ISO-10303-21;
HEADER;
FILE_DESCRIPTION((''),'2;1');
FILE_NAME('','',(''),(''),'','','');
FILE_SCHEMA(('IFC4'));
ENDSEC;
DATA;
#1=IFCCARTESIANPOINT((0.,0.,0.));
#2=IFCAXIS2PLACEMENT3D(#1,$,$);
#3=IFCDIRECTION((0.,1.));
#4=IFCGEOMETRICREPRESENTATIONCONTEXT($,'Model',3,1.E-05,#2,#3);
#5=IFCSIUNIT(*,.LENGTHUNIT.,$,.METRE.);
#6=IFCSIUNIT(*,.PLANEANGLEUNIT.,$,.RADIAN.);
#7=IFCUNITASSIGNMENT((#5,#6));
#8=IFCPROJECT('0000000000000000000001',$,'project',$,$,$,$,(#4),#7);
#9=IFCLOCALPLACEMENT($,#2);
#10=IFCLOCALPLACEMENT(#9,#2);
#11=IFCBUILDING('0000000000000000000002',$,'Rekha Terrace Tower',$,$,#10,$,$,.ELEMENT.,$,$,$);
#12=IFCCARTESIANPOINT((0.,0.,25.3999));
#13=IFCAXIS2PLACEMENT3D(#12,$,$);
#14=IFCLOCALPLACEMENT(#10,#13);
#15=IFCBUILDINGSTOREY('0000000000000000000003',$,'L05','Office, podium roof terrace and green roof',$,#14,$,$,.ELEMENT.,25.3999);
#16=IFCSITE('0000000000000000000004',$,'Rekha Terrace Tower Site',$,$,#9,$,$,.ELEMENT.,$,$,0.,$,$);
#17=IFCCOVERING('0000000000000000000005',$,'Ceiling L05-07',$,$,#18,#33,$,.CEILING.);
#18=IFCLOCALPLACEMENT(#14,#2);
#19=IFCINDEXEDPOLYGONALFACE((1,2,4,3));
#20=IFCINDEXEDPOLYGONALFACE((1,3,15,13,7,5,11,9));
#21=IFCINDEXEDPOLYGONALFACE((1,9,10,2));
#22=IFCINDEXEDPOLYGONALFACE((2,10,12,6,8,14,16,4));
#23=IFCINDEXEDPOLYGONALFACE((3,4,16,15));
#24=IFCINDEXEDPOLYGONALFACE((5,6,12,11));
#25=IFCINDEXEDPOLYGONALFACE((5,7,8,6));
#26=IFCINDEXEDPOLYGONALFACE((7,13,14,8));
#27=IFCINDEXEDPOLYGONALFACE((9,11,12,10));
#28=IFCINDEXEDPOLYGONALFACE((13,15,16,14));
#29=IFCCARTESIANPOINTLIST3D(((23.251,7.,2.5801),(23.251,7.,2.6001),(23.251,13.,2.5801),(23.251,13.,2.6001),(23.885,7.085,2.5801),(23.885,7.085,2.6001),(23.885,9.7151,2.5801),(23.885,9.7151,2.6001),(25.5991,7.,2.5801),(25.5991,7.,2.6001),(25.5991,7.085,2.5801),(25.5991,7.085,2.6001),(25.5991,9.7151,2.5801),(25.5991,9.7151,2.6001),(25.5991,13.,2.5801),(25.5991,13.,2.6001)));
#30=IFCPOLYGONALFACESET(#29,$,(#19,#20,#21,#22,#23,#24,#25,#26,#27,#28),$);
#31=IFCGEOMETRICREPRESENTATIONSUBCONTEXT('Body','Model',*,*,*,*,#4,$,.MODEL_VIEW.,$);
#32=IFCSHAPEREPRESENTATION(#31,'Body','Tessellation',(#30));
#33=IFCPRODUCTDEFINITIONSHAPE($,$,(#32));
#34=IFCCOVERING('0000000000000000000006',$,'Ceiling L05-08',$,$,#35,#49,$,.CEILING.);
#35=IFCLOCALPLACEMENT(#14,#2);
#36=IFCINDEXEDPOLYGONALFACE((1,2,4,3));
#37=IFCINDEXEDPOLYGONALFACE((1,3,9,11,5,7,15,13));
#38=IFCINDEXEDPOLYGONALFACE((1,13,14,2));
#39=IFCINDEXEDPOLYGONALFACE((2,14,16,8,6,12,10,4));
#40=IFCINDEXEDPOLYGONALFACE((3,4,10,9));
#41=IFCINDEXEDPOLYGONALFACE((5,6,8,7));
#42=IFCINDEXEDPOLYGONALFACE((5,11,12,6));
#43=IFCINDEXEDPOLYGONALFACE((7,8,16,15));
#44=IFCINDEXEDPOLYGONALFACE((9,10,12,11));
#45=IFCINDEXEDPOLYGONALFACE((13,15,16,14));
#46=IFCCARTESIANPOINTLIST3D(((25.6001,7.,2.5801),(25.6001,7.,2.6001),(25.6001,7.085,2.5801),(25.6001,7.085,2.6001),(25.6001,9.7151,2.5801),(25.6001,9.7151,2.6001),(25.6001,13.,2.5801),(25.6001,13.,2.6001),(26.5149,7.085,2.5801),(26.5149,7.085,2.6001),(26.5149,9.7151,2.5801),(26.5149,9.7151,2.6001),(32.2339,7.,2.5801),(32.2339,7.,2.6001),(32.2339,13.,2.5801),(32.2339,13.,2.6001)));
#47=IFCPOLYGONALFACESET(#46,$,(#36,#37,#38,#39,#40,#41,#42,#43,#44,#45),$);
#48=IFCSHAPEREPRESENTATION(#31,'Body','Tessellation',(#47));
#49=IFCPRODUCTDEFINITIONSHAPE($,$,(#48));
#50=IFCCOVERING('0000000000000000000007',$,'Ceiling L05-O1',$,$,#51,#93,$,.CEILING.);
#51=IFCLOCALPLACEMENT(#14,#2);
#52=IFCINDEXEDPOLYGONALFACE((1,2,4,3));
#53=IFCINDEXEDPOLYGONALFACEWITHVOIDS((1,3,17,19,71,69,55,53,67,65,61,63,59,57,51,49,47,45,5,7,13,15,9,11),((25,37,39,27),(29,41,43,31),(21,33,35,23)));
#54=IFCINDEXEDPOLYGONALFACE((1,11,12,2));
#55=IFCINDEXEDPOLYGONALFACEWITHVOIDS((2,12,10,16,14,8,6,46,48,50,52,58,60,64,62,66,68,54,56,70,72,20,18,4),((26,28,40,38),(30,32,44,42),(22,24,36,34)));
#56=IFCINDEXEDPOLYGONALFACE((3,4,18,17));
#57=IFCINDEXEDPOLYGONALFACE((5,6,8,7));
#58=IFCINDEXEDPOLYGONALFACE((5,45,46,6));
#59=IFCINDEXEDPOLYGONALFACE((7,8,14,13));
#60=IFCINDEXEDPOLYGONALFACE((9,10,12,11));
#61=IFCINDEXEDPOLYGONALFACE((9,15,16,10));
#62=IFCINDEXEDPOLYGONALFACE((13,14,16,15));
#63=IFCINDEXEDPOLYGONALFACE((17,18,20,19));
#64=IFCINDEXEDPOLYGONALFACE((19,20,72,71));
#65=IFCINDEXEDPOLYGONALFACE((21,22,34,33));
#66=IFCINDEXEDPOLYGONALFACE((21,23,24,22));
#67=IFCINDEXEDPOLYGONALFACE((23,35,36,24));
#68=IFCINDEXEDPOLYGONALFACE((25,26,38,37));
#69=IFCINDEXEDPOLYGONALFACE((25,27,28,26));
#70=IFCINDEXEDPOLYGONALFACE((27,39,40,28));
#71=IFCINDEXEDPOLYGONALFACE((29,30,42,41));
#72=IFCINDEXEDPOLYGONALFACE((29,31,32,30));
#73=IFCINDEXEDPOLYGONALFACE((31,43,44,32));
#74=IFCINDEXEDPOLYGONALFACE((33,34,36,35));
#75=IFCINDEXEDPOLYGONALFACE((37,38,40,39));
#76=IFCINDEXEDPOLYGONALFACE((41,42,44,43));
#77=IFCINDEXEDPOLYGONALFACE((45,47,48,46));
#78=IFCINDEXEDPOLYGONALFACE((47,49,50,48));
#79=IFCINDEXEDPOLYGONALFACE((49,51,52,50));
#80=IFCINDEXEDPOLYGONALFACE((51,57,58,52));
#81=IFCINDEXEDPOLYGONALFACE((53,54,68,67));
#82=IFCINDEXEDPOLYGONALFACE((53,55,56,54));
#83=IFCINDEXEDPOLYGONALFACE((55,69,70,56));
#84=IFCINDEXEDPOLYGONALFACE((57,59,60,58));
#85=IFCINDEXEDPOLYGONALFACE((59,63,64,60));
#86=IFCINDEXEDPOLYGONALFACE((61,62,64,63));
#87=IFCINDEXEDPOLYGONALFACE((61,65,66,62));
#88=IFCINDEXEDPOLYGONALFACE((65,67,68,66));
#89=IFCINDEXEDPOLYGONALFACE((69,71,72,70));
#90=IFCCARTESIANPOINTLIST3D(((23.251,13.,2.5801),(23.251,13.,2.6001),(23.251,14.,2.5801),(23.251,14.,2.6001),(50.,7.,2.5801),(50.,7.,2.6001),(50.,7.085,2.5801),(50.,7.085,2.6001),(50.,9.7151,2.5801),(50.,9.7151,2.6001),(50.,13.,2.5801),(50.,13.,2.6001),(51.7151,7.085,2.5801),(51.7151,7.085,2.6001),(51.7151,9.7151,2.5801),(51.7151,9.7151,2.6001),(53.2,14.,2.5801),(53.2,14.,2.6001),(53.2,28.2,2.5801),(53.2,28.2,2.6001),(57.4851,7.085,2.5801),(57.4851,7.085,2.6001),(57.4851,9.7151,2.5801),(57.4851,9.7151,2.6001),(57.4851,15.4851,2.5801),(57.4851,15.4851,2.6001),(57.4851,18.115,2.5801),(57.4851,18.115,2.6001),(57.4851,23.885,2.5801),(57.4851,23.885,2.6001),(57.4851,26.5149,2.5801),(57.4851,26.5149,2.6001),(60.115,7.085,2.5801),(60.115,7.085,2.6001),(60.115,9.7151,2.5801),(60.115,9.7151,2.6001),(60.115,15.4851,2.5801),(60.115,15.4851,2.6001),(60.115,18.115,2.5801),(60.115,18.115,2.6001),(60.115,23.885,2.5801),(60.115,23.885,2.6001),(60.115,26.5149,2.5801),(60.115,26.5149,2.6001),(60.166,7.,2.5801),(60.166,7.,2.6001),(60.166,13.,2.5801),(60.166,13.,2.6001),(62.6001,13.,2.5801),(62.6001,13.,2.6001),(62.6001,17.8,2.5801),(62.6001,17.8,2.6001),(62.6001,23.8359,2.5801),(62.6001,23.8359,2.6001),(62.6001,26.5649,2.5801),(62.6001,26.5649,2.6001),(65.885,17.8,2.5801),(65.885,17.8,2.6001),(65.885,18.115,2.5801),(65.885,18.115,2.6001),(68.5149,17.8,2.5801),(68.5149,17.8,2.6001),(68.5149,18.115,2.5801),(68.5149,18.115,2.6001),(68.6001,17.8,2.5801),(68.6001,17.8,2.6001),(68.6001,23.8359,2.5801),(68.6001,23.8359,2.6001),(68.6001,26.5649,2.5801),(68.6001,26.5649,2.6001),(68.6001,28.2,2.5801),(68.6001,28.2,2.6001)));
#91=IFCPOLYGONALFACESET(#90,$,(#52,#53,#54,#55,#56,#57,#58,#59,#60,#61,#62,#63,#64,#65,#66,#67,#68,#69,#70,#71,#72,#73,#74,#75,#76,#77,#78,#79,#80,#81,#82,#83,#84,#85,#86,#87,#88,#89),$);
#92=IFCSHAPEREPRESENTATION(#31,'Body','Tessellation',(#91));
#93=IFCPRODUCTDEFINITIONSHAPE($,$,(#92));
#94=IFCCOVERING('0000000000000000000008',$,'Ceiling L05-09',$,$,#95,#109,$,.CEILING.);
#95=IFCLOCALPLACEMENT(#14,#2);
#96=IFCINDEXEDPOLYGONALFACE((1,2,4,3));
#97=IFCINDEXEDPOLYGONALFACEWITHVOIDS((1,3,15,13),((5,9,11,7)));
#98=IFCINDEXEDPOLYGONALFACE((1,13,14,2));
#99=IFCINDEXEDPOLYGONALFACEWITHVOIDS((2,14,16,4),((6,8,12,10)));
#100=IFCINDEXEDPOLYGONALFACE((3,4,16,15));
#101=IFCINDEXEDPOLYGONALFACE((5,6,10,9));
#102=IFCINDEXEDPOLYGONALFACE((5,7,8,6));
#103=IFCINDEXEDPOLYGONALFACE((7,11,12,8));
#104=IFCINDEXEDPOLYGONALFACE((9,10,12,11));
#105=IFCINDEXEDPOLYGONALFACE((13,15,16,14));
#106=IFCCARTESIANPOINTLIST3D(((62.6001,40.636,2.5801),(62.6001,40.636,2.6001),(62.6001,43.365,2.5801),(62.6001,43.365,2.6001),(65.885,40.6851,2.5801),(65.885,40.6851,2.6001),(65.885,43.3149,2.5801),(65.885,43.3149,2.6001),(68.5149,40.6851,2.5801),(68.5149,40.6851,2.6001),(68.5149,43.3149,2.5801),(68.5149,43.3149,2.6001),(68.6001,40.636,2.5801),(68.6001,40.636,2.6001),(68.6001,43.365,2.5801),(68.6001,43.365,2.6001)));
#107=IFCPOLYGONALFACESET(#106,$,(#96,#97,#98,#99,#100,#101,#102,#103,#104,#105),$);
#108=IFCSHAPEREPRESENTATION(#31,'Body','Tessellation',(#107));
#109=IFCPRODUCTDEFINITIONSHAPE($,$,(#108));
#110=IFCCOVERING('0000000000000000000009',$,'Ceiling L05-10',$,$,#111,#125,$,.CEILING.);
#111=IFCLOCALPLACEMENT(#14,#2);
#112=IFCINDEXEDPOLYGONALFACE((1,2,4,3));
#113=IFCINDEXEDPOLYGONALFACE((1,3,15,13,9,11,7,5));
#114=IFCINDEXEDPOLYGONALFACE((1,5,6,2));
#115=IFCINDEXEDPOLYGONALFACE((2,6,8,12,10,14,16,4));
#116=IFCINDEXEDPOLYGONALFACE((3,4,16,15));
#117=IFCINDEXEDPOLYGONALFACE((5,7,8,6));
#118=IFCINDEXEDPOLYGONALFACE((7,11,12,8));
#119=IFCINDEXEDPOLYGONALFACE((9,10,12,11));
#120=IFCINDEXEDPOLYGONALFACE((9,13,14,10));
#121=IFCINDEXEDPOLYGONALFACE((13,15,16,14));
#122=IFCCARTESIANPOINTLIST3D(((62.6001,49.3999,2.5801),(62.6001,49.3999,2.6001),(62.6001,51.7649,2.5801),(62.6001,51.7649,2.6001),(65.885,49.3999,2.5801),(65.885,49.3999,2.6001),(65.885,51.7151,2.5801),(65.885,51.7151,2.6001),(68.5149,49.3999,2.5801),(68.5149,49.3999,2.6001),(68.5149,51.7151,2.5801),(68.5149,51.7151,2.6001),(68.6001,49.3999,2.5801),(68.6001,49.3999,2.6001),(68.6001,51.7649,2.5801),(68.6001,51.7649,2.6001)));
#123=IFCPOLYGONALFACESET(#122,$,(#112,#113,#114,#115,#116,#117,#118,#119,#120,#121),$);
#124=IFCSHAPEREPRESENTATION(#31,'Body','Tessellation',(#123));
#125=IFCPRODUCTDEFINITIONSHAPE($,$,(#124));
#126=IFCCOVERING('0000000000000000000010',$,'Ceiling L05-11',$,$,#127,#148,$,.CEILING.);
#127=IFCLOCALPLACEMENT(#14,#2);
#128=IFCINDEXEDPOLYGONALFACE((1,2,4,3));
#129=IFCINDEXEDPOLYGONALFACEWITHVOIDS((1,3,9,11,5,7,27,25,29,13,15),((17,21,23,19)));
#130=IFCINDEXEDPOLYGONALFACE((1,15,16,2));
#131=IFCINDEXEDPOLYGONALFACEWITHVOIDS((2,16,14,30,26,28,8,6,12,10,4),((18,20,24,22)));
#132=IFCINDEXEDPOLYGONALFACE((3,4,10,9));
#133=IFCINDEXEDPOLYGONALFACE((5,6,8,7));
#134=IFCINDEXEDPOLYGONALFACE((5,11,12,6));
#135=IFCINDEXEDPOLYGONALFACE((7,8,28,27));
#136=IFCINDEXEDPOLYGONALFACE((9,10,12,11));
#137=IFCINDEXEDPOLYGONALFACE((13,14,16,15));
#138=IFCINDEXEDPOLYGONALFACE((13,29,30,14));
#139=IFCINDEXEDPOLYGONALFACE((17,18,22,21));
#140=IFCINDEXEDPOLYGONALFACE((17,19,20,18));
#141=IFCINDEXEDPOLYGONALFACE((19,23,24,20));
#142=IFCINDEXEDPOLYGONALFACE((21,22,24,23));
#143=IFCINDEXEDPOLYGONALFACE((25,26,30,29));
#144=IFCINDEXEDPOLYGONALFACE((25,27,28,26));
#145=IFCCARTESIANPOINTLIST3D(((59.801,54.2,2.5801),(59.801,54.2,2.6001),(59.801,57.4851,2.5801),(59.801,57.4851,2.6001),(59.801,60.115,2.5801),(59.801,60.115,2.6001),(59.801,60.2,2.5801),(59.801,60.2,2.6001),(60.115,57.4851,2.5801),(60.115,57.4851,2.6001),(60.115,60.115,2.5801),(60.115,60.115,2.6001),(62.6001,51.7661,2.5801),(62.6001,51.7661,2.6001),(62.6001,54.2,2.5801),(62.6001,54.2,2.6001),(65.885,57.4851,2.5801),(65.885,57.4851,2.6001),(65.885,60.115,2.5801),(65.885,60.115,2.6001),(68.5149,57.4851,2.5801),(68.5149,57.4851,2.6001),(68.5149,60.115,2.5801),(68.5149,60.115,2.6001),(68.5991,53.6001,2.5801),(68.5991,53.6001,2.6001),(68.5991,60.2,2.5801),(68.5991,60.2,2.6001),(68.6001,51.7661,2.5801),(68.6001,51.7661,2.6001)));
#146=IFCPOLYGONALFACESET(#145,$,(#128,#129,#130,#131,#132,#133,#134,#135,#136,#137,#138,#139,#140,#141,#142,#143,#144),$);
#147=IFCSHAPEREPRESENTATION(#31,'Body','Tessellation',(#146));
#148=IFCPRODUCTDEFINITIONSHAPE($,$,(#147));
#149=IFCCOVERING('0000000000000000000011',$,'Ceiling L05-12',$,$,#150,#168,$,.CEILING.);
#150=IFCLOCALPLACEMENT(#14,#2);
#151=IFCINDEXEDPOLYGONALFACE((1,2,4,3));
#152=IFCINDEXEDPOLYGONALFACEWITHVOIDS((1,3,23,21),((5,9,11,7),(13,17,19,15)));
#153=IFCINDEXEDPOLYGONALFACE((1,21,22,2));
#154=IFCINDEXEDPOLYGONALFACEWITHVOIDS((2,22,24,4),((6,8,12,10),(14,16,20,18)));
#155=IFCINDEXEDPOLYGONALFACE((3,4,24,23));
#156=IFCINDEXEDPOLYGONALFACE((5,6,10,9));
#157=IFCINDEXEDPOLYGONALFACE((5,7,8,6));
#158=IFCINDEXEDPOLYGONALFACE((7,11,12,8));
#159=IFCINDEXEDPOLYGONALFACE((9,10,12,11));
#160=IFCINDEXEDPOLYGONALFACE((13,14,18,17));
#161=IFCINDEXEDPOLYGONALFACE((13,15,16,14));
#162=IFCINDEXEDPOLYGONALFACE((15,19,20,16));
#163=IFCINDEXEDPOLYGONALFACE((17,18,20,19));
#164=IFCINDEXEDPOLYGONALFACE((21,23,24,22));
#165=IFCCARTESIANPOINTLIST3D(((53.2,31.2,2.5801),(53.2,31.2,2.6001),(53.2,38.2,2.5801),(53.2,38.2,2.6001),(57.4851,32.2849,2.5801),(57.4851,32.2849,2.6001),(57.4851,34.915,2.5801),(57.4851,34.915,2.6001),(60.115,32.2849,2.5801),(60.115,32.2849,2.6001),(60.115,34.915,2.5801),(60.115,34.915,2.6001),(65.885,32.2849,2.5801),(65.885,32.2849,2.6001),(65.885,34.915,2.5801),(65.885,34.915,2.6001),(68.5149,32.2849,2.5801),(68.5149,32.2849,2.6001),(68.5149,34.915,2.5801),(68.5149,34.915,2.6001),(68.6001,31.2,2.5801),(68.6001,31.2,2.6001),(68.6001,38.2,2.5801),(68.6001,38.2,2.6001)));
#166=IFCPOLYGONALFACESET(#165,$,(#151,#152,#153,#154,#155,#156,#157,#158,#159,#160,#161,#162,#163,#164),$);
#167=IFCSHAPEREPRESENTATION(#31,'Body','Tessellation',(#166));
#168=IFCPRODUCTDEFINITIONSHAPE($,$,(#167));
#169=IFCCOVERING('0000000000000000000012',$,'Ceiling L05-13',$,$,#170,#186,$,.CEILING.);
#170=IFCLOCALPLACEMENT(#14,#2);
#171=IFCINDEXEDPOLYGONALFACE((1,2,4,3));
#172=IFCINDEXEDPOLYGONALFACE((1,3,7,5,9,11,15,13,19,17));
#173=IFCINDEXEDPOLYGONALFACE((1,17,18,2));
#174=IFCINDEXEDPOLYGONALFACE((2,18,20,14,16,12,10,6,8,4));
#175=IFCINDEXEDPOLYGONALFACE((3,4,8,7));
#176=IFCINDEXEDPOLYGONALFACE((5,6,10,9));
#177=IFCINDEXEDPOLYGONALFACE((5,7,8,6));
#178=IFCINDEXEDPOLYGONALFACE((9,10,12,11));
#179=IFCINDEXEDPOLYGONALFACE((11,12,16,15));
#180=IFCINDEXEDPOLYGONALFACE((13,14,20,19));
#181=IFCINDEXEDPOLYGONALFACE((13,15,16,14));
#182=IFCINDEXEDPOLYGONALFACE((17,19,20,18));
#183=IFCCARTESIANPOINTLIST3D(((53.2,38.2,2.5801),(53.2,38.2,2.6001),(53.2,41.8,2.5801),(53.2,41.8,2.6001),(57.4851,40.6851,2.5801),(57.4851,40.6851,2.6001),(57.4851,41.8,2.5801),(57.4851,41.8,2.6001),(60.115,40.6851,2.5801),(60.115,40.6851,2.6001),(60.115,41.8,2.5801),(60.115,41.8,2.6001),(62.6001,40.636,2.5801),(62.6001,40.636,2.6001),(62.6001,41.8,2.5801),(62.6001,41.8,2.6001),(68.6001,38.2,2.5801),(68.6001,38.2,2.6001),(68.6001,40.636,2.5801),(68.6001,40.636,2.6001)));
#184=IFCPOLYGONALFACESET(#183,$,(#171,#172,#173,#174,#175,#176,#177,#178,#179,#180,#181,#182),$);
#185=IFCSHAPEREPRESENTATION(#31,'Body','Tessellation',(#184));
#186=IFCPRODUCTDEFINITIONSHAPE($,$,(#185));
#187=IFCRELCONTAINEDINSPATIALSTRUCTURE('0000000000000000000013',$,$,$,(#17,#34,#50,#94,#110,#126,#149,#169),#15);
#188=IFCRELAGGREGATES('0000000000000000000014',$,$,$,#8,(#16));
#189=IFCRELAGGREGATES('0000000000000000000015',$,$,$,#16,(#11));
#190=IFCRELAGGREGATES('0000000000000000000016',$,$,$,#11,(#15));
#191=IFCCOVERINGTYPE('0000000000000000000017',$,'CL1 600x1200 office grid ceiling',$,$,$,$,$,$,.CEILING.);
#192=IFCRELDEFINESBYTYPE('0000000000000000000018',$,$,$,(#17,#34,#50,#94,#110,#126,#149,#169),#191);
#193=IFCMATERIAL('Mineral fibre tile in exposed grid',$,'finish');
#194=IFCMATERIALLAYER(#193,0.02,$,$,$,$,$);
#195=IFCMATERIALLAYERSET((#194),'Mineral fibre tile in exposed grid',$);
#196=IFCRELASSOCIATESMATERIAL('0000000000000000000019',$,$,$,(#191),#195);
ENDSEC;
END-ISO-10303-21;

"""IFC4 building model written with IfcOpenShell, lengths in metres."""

from ifc_helpers import new_model, si_unit, direction, frame, origin, place, context, subcontext, project, spatial, polyline, outline, extrude, material, layer, layer_set, type_object, element, save


model = new_model("IFC4")

# Units and contexts
model_context = context("Model", 3, precision=1e-05, world=origin(), true_north=direction((0.0, 1.0)))
body_context = subcontext(model_context, "Body", "Model", "MODEL_VIEW")
ifc_project = project(units=[si_unit("LENGTHUNIT", "METRE"), si_unit("PLANEANGLEUNIT", "RADIAN")], contexts=[model_context])

# Site, building, storey
site_placement = place(None, origin())
site = spatial("IfcSite", under=ifc_project, at=site_placement, Name="Rekha Terrace Tower Site", CompositionType="ELEMENT", RefElevation=0.0)
building_placement = place(site_placement, origin())
building = spatial("IfcBuilding", under=site, at=building_placement, Name="Rekha Terrace Tower", CompositionType="ELEMENT")
storey_placement = place(building_placement, frame((0.0, 0.0, 25.3999)))
storey = spatial("IfcBuildingStorey", under=building, at=storey_placement, Name="L05", Description="Office, podium roof terrace and green roof", CompositionType="ELEMENT", Elevation=25.3999)

# Coverings
ifc_material_1 = material(Name="Mineral fibre tile in exposed grid", Category="finish")
ifc_layer_1 = layer(ifc_material_1, 0.02)
ifc_layer_set_1 = layer_set([ifc_layer_1], Name="Mineral fibre tile in exposed grid")
covering_type_1 = type_object("IfcCoveringType", Name="CL1 600x1200 office grid ceiling", PredefinedType="CEILING", material=ifc_layer_set_1)
covering_1_placement = place(storey_placement, frame((0.0, 0.0, 2.5801)))
element("IfcCovering", 1, at=covering_1_placement, inside=storey, type_object=covering_type_1, Name="Ceiling L05-07", PredefinedType="CEILING", context=body_context, shape_type="SweptSolid", body=[
    extrude(outline(polyline([(25.5991, 9.7151), (25.5991, 13.0), (23.251, 13.0), (23.251, 7.0), (25.5991, 7.0), (25.5991, 7.085), (23.885, 7.085), (23.885, 9.7151), (25.5991, 9.7151)])), origin(), (0.0, 0.0, 1.0), 0.02),
])
covering_2_placement = place(storey_placement, frame((0.0, 0.0, 2.5801)))
element("IfcCovering", 2, at=covering_2_placement, inside=storey, type_object=covering_type_1, Name="Ceiling L05-08", PredefinedType="CEILING", context=body_context, shape_type="SweptSolid", body=[
    extrude(outline(polyline([(32.2339, 7.0), (32.2339, 13.0), (25.6001, 13.0), (25.6001, 9.7151), (26.5149, 9.7151), (26.5149, 7.085), (25.6001, 7.085), (25.6001, 7.0), (32.2339, 7.0)])), origin(), (0.0, 0.0, 1.0), 0.02),
])
covering_3_placement = place(storey_placement, frame((0.0, 0.0, 2.5801)))
element("IfcCovering", 3, at=covering_3_placement, inside=storey, type_object=covering_type_1, Name="Ceiling L05-O1", PredefinedType="CEILING", context=body_context, shape_type="SweptSolid", body=[
    extrude(outline(polyline([(23.251, 14.0), (23.251, 13.0), (50.0, 13.0), (50.0, 9.7151), (51.7151, 9.7151), (51.7151, 7.085), (50.0, 7.085), (50.0, 7.0), (60.166, 7.0), (60.166, 13.0), (62.6001, 13.0), (62.6001, 17.8), (65.885, 17.8), (65.885, 18.115), (68.5149, 18.115), (68.5149, 17.8), (68.6001, 17.8), (68.6001, 23.8359), (62.6001, 23.8359), (62.6001, 26.5649), (68.6001, 26.5649), (68.6001, 28.2), (53.2, 28.2), (53.2, 14.0), (23.251, 14.0)]), holes=[polyline([(60.115, 7.085), (57.4851, 7.085), (57.4851, 9.7151), (60.115, 9.7151), (60.115, 7.085)]), polyline([(60.115, 18.115), (60.115, 15.4851), (57.4851, 15.4851), (57.4851, 18.115), (60.115, 18.115)]), polyline([(60.115, 23.885), (57.4851, 23.885), (57.4851, 26.5149), (60.115, 26.5149), (60.115, 23.885)])]), origin(), (0.0, 0.0, 1.0), 0.02),
])
covering_4_placement = place(storey_placement, frame((0.0, 0.0, 2.5801)))
element("IfcCovering", 4, at=covering_4_placement, inside=storey, type_object=covering_type_1, Name="Ceiling L05-09", PredefinedType="CEILING", context=body_context, shape_type="SweptSolid", body=[
    extrude(outline(polyline([(62.6001, 40.636), (68.6001, 40.636), (68.6001, 43.365), (62.6001, 43.365), (62.6001, 40.636)]), holes=[polyline([(68.5149, 40.6851), (65.885, 40.6851), (65.885, 43.3149), (68.5149, 43.3149), (68.5149, 40.6851)])]), origin(), (0.0, 0.0, 1.0), 0.02),
])
covering_5_placement = place(storey_placement, frame((0.0, 0.0, 2.5801)))
element("IfcCovering", 5, at=covering_5_placement, inside=storey, type_object=covering_type_1, Name="Ceiling L05-10", PredefinedType="CEILING", context=body_context, shape_type="SweptSolid", body=[
    extrude(outline(polyline([(68.5149, 49.3999), (68.6001, 49.3999), (68.6001, 51.7649), (62.6001, 51.7649), (62.6001, 49.3999), (65.885, 49.3999), (65.885, 51.7151), (68.5149, 51.7151), (68.5149, 49.3999)])), origin(), (0.0, 0.0, 1.0), 0.02),
])
covering_6_placement = place(storey_placement, frame((0.0, 0.0, 2.5801)))
element("IfcCovering", 6, at=covering_6_placement, inside=storey, type_object=covering_type_1, Name="Ceiling L05-11", PredefinedType="CEILING", context=body_context, shape_type="SweptSolid", body=[
    extrude(outline(polyline([(60.115, 57.4851), (59.801, 57.4851), (59.801, 54.2), (62.6001, 54.2), (62.6001, 51.7661), (68.6001, 51.7661), (68.5991, 53.6001), (68.5991, 60.2), (59.801, 60.2), (59.801, 60.115), (60.115, 60.115), (60.115, 57.4851)]), holes=[polyline([(68.5149, 57.4851), (65.885, 57.4851), (65.885, 60.115), (68.5149, 60.115), (68.5149, 57.4851)])]), origin(), (0.0, 0.0, 1.0), 0.02),
])
covering_7_placement = place(storey_placement, frame((0.0, 0.0, 2.5801)))
element("IfcCovering", 7, at=covering_7_placement, inside=storey, type_object=covering_type_1, Name="Ceiling L05-12", PredefinedType="CEILING", context=body_context, shape_type="SweptSolid", body=[
    extrude(outline(polyline([(68.6001, 38.2), (53.2, 38.2), (53.2, 31.2), (68.6001, 31.2), (68.6001, 38.2)]), holes=[polyline([(68.5149, 32.2849), (65.885, 32.2849), (65.885, 34.915), (68.5149, 34.915), (68.5149, 32.2849)]), polyline([(60.115, 32.2849), (57.4851, 32.2849), (57.4851, 34.915), (60.115, 34.915), (60.115, 32.2849)])]), origin(), (0.0, 0.0, 1.0), 0.02),
])
covering_8_placement = place(storey_placement, frame((0.0, 0.0, 2.5801)))
element("IfcCovering", 8, at=covering_8_placement, inside=storey, type_object=covering_type_1, Name="Ceiling L05-13", PredefinedType="CEILING", context=body_context, shape_type="SweptSolid", body=[
    extrude(outline(polyline([(57.4851, 41.8), (53.2, 41.8), (53.2, 38.2), (68.6001, 38.2), (68.6001, 40.636), (62.6001, 40.636), (62.6001, 41.8), (60.115, 41.8), (60.115, 40.6851), (57.4851, 40.6851), (57.4851, 41.8)])), origin(), (0.0, 0.0, 1.0), 0.02),
])

save(model, "model.ifc")
